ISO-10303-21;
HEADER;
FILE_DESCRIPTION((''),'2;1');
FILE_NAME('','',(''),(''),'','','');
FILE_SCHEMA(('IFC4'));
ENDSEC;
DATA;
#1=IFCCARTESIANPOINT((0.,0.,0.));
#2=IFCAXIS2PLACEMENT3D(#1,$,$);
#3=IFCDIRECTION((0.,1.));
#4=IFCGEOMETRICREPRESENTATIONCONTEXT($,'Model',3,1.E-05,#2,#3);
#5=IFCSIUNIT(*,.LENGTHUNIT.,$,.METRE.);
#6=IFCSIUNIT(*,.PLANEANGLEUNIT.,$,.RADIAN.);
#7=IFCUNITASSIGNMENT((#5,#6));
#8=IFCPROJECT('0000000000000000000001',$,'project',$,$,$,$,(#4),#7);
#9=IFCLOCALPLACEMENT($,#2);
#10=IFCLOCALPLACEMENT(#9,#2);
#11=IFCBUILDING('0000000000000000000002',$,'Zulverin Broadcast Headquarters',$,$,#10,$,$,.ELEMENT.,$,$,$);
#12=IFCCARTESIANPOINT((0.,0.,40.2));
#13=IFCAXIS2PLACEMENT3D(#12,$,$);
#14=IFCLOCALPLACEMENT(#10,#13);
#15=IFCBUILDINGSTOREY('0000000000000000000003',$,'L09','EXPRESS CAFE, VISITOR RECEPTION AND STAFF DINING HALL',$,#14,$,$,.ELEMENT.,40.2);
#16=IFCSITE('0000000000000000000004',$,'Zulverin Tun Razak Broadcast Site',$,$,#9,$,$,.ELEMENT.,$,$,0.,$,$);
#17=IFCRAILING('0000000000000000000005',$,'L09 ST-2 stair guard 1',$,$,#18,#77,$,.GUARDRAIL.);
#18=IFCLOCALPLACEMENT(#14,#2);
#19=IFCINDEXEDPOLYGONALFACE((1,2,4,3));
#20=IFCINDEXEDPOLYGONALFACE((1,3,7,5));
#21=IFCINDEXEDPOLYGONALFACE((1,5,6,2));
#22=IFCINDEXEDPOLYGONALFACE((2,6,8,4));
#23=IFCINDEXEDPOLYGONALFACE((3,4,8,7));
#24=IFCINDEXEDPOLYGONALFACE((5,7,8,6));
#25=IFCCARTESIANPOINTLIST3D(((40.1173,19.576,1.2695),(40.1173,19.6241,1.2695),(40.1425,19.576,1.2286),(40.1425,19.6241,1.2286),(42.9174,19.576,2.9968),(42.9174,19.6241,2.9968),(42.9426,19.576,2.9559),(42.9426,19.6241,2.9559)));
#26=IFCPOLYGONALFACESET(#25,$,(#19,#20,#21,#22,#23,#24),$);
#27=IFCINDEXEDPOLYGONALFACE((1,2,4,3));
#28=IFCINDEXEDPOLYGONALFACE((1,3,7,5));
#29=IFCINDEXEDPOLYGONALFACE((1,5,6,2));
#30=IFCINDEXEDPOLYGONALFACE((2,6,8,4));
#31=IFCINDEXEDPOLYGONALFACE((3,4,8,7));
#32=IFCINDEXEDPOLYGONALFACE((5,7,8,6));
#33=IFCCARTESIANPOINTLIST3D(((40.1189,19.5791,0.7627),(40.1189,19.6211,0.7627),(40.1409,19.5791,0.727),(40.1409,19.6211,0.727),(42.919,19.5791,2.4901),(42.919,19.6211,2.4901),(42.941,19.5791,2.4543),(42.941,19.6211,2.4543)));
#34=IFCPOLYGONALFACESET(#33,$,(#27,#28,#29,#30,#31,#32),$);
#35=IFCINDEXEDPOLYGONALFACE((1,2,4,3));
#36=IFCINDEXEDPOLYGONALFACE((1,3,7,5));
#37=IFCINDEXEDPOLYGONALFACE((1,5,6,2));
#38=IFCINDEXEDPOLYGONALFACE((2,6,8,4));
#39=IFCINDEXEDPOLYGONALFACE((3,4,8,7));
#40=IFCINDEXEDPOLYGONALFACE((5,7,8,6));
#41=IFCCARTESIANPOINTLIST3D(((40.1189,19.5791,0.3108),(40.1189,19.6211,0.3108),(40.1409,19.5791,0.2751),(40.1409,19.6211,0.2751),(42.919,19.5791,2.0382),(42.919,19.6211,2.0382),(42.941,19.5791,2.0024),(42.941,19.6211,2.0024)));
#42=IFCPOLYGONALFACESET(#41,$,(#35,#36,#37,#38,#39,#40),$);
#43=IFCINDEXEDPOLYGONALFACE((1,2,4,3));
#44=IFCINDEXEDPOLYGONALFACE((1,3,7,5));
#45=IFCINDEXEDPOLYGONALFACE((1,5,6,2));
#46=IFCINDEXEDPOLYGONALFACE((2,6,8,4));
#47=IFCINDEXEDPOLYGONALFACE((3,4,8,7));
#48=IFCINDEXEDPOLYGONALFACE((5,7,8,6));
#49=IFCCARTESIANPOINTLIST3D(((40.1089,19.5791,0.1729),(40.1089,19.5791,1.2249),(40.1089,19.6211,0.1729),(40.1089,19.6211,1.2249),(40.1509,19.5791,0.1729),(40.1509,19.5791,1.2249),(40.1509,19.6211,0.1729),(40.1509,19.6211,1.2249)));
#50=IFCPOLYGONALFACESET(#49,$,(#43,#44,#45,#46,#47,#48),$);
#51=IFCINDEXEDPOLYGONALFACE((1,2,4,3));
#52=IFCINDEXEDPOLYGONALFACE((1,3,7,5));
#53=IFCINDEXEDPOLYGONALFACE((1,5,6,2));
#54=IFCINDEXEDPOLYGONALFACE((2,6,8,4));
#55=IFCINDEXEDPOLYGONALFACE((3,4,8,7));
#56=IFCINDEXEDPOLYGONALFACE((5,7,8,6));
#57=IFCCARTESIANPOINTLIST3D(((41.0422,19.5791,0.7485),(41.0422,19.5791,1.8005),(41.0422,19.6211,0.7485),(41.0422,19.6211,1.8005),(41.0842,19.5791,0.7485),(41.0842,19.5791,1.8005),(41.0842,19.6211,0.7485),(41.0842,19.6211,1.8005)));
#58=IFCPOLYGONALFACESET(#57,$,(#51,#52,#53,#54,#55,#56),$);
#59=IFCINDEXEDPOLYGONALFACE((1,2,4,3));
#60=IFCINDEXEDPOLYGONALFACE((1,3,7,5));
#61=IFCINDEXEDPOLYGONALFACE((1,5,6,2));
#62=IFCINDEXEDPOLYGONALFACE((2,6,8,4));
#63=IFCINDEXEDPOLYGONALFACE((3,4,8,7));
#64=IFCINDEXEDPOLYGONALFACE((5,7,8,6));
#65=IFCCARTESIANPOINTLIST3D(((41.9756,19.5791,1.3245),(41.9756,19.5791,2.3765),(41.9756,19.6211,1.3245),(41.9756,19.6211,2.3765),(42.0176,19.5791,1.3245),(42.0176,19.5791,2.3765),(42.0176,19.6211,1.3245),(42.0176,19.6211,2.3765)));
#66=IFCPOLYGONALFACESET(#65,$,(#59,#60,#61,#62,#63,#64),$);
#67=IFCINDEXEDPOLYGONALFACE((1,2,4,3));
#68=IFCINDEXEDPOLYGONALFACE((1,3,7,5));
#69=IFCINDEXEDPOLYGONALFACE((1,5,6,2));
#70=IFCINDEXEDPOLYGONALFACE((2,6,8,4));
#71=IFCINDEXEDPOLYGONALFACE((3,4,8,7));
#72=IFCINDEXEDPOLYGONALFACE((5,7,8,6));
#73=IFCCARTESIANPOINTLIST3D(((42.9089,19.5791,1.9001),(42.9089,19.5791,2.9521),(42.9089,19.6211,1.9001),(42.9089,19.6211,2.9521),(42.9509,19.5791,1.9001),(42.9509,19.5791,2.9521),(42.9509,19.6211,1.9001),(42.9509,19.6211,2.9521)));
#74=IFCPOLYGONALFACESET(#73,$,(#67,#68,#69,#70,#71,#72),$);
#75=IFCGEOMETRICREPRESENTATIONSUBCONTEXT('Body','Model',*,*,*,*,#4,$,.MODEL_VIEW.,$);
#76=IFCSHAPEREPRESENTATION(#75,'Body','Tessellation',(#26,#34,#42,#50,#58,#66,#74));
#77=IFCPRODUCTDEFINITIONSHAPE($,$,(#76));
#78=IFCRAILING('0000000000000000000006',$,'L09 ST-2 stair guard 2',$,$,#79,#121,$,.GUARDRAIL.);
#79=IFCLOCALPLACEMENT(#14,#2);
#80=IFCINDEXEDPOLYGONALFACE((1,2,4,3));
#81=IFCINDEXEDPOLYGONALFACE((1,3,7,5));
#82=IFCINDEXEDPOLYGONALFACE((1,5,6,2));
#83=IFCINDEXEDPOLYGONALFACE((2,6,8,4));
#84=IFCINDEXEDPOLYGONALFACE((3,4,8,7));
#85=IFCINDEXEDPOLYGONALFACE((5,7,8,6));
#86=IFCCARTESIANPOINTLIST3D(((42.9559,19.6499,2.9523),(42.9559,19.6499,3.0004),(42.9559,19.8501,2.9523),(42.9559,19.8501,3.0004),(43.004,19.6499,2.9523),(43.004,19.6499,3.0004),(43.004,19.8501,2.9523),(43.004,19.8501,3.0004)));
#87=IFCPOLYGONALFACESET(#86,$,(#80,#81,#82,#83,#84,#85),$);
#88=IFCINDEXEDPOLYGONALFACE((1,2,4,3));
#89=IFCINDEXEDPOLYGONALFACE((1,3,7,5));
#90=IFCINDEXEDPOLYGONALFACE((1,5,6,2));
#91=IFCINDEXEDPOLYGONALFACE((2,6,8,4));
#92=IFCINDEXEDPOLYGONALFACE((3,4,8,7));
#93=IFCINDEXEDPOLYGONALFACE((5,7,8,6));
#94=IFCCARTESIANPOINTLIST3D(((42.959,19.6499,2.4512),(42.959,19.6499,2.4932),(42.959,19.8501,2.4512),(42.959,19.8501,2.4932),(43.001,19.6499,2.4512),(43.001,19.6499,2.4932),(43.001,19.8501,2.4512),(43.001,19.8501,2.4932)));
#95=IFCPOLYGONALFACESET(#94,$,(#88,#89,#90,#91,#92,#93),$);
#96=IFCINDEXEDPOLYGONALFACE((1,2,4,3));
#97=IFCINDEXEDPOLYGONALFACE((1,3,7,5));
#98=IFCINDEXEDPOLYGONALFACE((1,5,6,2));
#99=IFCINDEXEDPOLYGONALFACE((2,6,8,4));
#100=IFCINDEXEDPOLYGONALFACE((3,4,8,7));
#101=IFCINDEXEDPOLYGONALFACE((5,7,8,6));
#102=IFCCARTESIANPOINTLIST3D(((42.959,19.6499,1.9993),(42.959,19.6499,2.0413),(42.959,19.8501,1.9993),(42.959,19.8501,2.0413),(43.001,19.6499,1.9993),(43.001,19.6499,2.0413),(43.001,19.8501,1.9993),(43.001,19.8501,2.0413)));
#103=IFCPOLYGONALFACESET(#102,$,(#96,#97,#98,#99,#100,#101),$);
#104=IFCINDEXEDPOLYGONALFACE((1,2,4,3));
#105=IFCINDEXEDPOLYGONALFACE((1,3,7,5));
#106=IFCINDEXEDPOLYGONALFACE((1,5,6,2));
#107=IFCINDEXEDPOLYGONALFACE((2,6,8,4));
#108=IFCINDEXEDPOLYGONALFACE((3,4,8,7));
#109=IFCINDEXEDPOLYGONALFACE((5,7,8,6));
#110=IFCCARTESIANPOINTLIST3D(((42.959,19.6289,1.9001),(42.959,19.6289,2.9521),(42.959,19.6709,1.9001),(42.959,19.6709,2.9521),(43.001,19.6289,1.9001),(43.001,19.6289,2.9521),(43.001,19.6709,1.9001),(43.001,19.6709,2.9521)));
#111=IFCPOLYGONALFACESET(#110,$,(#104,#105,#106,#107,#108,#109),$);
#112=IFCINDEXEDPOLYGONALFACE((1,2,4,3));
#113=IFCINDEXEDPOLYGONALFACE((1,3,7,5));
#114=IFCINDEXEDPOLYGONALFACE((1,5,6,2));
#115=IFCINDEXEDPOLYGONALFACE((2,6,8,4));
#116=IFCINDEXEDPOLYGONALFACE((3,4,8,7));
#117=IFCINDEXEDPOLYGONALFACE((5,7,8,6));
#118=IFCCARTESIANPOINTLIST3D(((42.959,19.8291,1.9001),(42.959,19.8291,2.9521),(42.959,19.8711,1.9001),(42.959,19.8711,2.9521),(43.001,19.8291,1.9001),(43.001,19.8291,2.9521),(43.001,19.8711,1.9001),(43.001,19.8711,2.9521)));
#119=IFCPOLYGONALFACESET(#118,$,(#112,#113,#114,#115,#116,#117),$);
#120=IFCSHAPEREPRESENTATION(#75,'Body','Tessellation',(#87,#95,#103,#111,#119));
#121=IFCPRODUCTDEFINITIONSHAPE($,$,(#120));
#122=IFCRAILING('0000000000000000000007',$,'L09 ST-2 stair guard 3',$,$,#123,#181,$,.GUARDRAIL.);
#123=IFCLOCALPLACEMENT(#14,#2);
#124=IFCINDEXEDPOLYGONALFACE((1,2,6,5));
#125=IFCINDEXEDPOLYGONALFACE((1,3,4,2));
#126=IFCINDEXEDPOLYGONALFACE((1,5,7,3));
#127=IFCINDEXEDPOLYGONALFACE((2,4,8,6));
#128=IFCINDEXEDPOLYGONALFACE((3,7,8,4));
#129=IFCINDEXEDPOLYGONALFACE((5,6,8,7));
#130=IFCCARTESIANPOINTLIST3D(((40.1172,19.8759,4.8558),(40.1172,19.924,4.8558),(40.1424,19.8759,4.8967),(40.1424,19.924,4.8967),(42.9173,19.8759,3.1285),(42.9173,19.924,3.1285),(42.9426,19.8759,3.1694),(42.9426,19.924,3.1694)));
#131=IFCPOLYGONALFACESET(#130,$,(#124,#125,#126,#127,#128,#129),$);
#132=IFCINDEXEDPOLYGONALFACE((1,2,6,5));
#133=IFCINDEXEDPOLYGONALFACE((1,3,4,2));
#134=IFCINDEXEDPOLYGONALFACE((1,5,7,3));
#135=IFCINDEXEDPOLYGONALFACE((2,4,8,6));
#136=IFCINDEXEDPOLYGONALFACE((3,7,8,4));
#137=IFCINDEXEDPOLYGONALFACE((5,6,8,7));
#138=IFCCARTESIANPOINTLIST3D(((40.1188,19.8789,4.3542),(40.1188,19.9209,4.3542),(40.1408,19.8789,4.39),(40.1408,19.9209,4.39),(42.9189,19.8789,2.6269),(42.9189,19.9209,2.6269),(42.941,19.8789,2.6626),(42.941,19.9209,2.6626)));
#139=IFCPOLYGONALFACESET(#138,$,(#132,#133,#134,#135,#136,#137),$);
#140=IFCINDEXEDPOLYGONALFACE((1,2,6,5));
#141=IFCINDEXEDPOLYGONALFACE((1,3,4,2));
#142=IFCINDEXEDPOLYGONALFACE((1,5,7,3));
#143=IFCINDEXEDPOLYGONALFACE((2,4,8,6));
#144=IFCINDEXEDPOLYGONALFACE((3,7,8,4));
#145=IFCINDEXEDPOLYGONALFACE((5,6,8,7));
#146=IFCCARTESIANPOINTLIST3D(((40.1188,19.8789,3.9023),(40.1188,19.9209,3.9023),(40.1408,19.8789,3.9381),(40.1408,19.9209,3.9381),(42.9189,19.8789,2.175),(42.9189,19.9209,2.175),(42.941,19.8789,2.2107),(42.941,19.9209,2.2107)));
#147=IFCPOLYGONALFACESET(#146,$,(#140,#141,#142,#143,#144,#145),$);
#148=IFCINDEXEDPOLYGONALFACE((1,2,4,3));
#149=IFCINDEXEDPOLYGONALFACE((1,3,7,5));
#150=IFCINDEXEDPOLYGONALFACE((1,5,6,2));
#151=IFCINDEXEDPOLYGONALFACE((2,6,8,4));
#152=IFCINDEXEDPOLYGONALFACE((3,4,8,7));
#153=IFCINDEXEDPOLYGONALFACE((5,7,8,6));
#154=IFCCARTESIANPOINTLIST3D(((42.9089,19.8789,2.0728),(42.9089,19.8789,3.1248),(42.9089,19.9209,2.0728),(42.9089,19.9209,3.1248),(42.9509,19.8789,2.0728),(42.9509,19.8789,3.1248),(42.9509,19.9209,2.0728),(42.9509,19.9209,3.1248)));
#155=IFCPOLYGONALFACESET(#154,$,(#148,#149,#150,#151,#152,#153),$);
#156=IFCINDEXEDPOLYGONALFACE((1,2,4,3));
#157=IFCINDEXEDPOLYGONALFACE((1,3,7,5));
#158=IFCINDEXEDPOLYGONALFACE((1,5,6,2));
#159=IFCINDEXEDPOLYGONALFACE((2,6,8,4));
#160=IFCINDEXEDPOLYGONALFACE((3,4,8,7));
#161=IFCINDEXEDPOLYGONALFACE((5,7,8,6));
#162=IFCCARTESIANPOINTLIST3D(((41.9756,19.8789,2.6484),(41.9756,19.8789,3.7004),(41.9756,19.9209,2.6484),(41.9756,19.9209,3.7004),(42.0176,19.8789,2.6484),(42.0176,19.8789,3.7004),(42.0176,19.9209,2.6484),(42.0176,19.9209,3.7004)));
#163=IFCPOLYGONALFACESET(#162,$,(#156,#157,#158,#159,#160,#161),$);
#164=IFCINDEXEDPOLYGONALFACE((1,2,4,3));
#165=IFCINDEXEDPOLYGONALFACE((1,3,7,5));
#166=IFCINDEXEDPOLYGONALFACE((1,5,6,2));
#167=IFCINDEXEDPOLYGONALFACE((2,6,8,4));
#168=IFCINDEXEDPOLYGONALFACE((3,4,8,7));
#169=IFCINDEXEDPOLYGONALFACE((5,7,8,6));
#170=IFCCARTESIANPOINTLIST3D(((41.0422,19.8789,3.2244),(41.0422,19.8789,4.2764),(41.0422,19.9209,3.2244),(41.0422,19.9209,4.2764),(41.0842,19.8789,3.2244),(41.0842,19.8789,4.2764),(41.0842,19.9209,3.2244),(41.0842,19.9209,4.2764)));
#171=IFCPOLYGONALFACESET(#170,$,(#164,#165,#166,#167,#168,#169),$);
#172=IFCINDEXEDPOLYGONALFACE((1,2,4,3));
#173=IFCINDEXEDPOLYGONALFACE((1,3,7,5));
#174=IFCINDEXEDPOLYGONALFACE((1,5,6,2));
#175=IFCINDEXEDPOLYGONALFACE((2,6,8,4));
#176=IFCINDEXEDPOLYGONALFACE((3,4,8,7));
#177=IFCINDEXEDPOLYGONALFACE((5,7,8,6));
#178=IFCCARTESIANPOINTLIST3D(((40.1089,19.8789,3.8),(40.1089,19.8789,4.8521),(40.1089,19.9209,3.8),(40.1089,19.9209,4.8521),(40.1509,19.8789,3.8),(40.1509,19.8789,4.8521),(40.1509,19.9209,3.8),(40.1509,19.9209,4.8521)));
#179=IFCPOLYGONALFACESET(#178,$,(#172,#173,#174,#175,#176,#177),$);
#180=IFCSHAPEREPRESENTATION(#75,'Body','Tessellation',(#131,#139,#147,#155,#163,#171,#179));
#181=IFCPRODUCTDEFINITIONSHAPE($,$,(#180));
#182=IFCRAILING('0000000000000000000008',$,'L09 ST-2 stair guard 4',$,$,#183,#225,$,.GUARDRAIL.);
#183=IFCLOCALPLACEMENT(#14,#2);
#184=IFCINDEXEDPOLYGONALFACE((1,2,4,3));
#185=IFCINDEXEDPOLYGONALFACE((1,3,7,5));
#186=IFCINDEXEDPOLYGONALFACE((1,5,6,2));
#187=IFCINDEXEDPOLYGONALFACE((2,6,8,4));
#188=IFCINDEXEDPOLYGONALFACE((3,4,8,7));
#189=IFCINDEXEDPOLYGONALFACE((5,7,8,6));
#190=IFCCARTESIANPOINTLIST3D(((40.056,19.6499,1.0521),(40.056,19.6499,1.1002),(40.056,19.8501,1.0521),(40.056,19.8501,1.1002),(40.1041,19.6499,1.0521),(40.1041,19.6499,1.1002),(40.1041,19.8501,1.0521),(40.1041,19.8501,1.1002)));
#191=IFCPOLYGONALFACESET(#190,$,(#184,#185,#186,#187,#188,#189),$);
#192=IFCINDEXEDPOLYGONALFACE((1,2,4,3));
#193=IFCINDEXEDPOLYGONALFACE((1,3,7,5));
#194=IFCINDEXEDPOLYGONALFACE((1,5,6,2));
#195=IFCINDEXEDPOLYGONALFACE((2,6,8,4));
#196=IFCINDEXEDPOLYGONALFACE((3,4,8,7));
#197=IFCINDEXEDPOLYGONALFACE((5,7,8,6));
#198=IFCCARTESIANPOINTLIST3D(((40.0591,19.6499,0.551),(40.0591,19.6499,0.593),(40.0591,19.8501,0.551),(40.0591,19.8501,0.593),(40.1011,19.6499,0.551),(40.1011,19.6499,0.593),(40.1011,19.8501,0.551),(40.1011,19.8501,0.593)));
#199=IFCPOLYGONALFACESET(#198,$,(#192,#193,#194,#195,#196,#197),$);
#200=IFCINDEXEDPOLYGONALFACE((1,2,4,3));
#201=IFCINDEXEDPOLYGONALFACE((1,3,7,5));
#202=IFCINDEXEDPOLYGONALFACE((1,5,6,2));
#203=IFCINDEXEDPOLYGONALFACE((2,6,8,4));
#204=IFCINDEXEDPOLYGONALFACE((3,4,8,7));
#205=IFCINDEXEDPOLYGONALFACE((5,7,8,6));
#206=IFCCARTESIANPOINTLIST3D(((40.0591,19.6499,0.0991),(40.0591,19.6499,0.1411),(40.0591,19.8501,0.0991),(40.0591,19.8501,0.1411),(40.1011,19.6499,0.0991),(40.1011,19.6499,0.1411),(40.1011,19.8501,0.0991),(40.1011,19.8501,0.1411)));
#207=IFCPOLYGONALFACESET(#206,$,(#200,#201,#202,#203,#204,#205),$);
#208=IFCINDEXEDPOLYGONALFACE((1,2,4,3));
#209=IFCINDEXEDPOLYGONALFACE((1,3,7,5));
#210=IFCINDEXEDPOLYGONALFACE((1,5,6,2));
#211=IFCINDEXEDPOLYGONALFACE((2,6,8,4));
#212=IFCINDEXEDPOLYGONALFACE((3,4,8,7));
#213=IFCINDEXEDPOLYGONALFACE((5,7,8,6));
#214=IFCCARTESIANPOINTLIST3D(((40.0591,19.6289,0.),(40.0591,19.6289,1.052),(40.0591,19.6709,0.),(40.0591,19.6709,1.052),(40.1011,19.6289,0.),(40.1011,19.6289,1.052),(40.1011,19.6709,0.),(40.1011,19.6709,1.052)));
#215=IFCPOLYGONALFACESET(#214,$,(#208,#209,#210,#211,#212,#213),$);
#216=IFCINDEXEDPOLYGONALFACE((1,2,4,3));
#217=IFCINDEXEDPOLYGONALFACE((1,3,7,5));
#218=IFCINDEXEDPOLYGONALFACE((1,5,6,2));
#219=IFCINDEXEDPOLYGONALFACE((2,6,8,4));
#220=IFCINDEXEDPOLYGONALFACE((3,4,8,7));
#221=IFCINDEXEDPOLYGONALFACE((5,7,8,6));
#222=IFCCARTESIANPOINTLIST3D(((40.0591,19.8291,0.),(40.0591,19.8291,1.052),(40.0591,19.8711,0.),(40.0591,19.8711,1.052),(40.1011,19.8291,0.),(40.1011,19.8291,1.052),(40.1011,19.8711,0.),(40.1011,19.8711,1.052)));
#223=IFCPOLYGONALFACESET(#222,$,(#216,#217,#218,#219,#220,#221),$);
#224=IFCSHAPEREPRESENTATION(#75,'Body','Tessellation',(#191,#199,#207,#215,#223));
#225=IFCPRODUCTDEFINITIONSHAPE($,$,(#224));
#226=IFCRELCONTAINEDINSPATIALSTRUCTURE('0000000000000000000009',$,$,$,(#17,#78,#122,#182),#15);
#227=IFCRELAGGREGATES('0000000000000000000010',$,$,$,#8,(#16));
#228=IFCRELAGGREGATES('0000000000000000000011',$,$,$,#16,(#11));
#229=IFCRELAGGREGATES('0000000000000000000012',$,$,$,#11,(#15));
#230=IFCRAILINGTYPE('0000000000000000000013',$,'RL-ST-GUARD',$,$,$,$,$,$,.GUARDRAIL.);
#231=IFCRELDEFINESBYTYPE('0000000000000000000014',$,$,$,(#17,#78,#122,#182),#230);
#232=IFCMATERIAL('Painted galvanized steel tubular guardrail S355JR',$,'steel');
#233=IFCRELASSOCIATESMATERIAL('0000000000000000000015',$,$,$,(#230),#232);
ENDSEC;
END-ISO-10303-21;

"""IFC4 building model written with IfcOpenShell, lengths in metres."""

from ifc_helpers import new_model, si_unit, direction, frame, origin, origin_2d, place, context, subcontext, project, spatial, rectangle, extrude, material, type_object, element, save


model = new_model("IFC4")

# Units and contexts
model_context = context("Model", 3, precision=1e-05, world=origin(), true_north=direction((0.0, 1.0)))
body_context = subcontext(model_context, "Body", "Model", "MODEL_VIEW")
ifc_project = project(units=[si_unit("LENGTHUNIT", "METRE"), si_unit("PLANEANGLEUNIT", "RADIAN")], contexts=[model_context])

# Site, building, storey
site_placement = place(None, origin())
site = spatial("IfcSite", under=ifc_project, at=site_placement, Name="Zulverin Tun Razak Broadcast Site", CompositionType="ELEMENT", RefElevation=0.0)
building_placement = place(site_placement, origin())
building = spatial("IfcBuilding", under=site, at=building_placement, Name="Zulverin Broadcast Headquarters", CompositionType="ELEMENT")
storey_placement = place(building_placement, frame((0.0, 0.0, 40.2)))
storey = spatial("IfcBuildingStorey", under=building, at=storey_placement, Name="L09", Description="EXPRESS CAFE, VISITOR RECEPTION AND STAFF DINING HALL", CompositionType="ELEMENT", Elevation=40.2)

# Railings
ifc_material_1 = material(Name="Painted galvanized steel tubular guardrail S355JR", Category="steel")
railing_type_1 = type_object("IfcRailingType", Name="RL-ST-GUARD", PredefinedType="GUARDRAIL", material=ifc_material_1)
railing_1_placement = place(storey_placement, frame((40.1299, 19.6001, 0.1729)))
element("IfcRailing", 1, at=railing_1_placement, inside=storey, type_object=railing_type_1, Name="L09 ST-2 stair guard 1", PredefinedType="GUARDRAIL", context=body_context, shape_type="SweptSolid", body=[
    extrude(rectangle(XDim=0.0481, YDim=0.0481, at=origin_2d()), frame((0.0, 0.0, 1.0762), z_axis=(0.85109, 0.0, 0.52502), x_axis=(0.0, 1.0, 0.0)), (0.0, 0.0, 1.0), 3.29),
    extrude(rectangle(XDim=0.042, YDim=0.042, at=origin_2d()), frame((0.0, 0.0, 0.572), z_axis=(0.85109, 0.0, 0.52502), x_axis=(0.0, 1.0, 0.0)), (0.0, 0.0, 1.0), 3.29),
    extrude(rectangle(XDim=0.042, YDim=0.042, at=origin_2d()), frame((0.0, 0.0, 0.1201), z_axis=(0.85109, 0.0, 0.52502), x_axis=(0.0, 1.0, 0.0)), (0.0, 0.0, 1.0), 3.29),
    extrude(rectangle(XDim=0.042, YDim=0.042, at=origin_2d()), origin(), (0.0, 0.0, 1.0), 1.052),
    extrude(rectangle(XDim=0.042, YDim=0.042, at=origin_2d()), frame((0.9333, 0.0, 0.5757)), (0.0, 0.0, 1.0), 1.052),
    extrude(rectangle(XDim=0.042, YDim=0.042, at=origin_2d()), frame((1.8667, 0.0, 1.1516)), (0.0, 0.0, 1.0), 1.052),
    extrude(rectangle(XDim=0.042, YDim=0.042, at=origin_2d()), frame((2.8, 0.0, 1.7273)), (0.0, 0.0, 1.0), 1.052),
])
railing_2_placement = place(storey_placement, frame((42.98, 19.6499, 1.9001)))
element("IfcRailing", 2, at=railing_2_placement, inside=storey, type_object=railing_type_1, Name="L09 ST-2 stair guard 2", PredefinedType="GUARDRAIL", context=body_context, shape_type="SweptSolid", body=[
    extrude(rectangle(XDim=0.0481, YDim=0.0481, at=origin_2d()), frame((0.0, 0.0, 1.0762), z_axis=(0.0, 1.0, 0.0), x_axis=(-1.0, 0.0, 0.0)), (0.0, 0.0, 1.0), 0.2002),
    extrude(rectangle(XDim=0.042, YDim=0.042, at=origin_2d()), frame((0.0, 0.0, 0.572), z_axis=(0.0, 1.0, 0.0), x_axis=(-1.0, 0.0, 0.0)), (0.0, 0.0, 1.0), 0.2002),
    extrude(rectangle(XDim=0.042, YDim=0.042, at=origin_2d()), frame((0.0, 0.0, 0.1201), z_axis=(0.0, 1.0, 0.0), x_axis=(-1.0, 0.0, 0.0)), (0.0, 0.0, 1.0), 0.2002),
    extrude(rectangle(XDim=0.042, YDim=0.042, at=origin_2d()), origin(), (0.0, 0.0, 1.0), 1.052),
    extrude(rectangle(XDim=0.042, YDim=0.042, at=origin_2d()), frame((0.0, 0.2002, 0.0)), (0.0, 0.0, 1.0), 1.052),
])
railing_3_placement = place(storey_placement, frame((42.9299, 19.8999, 2.0728)))
element("IfcRailing", 3, at=railing_3_placement, inside=storey, type_object=railing_type_1, Name="L09 ST-2 stair guard 3", PredefinedType="GUARDRAIL", context=body_context, shape_type="SweptSolid", body=[
    extrude(rectangle(XDim=0.0481, YDim=0.0481, at=origin_2d()), frame((0.0, 0.0, 1.0762), z_axis=(-0.85109, 0.0, 0.52502), x_axis=(0.0, -1.0, 0.0)), (0.0, 0.0, 1.0), 3.29),
    extrude(rectangle(XDim=0.042, YDim=0.042, at=origin_2d()), frame((0.0, 0.0, 0.572), z_axis=(-0.85109, 0.0, 0.52502), x_axis=(0.0, -1.0, 0.0)), (0.0, 0.0, 1.0), 3.29),
    extrude(rectangle(XDim=0.042, YDim=0.042, at=origin_2d()), frame((0.0, 0.0, 0.1201), z_axis=(-0.85109, 0.0, 0.52502), x_axis=(0.0, -1.0, 0.0)), (0.0, 0.0, 1.0), 3.29),
    extrude(rectangle(XDim=0.042, YDim=0.042, at=origin_2d()), origin(), (0.0, 0.0, 1.0), 1.052),
    extrude(rectangle(XDim=0.042, YDim=0.042, at=origin_2d()), frame((-0.9333, 0.0, 0.5757)), (0.0, 0.0, 1.0), 1.052),
    extrude(rectangle(XDim=0.042, YDim=0.042, at=origin_2d()), frame((-1.8667, 0.0, 1.1516)), (0.0, 0.0, 1.0), 1.052),
    extrude(rectangle(XDim=0.042, YDim=0.042, at=origin_2d()), frame((-2.8, 0.0, 1.7273)), (0.0, 0.0, 1.0), 1.052),
])
railing_4_placement = place(storey_placement, frame((40.0801, 19.6499, 0.0)))
element("IfcRailing", 4, at=railing_4_placement, inside=storey, type_object=railing_type_1, Name="L09 ST-2 stair guard 4", PredefinedType="GUARDRAIL", context=body_context, shape_type="SweptSolid", body=[
    extrude(rectangle(XDim=0.0481, YDim=0.0481, at=origin_2d()), frame((0.0, 0.0, 1.0762), z_axis=(0.0, 1.0, 0.0), x_axis=(-1.0, 0.0, 0.0)), (0.0, 0.0, 1.0), 0.2002),
    extrude(rectangle(XDim=0.042, YDim=0.042, at=origin_2d()), frame((0.0, 0.0, 0.572), z_axis=(0.0, 1.0, 0.0), x_axis=(-1.0, 0.0, 0.0)), (0.0, 0.0, 1.0), 0.2002),
    extrude(rectangle(XDim=0.042, YDim=0.042, at=origin_2d()), frame((0.0, 0.0, 0.1201), z_axis=(0.0, 1.0, 0.0), x_axis=(-1.0, 0.0, 0.0)), (0.0, 0.0, 1.0), 0.2002),
    extrude(rectangle(XDim=0.042, YDim=0.042, at=origin_2d()), origin(), (0.0, 0.0, 1.0), 1.052),
    extrude(rectangle(XDim=0.042, YDim=0.042, at=origin_2d()), frame((0.0, 0.2002, 0.0)), (0.0, 0.0, 1.0), 1.052),
])

save(model, "model.ifc")
